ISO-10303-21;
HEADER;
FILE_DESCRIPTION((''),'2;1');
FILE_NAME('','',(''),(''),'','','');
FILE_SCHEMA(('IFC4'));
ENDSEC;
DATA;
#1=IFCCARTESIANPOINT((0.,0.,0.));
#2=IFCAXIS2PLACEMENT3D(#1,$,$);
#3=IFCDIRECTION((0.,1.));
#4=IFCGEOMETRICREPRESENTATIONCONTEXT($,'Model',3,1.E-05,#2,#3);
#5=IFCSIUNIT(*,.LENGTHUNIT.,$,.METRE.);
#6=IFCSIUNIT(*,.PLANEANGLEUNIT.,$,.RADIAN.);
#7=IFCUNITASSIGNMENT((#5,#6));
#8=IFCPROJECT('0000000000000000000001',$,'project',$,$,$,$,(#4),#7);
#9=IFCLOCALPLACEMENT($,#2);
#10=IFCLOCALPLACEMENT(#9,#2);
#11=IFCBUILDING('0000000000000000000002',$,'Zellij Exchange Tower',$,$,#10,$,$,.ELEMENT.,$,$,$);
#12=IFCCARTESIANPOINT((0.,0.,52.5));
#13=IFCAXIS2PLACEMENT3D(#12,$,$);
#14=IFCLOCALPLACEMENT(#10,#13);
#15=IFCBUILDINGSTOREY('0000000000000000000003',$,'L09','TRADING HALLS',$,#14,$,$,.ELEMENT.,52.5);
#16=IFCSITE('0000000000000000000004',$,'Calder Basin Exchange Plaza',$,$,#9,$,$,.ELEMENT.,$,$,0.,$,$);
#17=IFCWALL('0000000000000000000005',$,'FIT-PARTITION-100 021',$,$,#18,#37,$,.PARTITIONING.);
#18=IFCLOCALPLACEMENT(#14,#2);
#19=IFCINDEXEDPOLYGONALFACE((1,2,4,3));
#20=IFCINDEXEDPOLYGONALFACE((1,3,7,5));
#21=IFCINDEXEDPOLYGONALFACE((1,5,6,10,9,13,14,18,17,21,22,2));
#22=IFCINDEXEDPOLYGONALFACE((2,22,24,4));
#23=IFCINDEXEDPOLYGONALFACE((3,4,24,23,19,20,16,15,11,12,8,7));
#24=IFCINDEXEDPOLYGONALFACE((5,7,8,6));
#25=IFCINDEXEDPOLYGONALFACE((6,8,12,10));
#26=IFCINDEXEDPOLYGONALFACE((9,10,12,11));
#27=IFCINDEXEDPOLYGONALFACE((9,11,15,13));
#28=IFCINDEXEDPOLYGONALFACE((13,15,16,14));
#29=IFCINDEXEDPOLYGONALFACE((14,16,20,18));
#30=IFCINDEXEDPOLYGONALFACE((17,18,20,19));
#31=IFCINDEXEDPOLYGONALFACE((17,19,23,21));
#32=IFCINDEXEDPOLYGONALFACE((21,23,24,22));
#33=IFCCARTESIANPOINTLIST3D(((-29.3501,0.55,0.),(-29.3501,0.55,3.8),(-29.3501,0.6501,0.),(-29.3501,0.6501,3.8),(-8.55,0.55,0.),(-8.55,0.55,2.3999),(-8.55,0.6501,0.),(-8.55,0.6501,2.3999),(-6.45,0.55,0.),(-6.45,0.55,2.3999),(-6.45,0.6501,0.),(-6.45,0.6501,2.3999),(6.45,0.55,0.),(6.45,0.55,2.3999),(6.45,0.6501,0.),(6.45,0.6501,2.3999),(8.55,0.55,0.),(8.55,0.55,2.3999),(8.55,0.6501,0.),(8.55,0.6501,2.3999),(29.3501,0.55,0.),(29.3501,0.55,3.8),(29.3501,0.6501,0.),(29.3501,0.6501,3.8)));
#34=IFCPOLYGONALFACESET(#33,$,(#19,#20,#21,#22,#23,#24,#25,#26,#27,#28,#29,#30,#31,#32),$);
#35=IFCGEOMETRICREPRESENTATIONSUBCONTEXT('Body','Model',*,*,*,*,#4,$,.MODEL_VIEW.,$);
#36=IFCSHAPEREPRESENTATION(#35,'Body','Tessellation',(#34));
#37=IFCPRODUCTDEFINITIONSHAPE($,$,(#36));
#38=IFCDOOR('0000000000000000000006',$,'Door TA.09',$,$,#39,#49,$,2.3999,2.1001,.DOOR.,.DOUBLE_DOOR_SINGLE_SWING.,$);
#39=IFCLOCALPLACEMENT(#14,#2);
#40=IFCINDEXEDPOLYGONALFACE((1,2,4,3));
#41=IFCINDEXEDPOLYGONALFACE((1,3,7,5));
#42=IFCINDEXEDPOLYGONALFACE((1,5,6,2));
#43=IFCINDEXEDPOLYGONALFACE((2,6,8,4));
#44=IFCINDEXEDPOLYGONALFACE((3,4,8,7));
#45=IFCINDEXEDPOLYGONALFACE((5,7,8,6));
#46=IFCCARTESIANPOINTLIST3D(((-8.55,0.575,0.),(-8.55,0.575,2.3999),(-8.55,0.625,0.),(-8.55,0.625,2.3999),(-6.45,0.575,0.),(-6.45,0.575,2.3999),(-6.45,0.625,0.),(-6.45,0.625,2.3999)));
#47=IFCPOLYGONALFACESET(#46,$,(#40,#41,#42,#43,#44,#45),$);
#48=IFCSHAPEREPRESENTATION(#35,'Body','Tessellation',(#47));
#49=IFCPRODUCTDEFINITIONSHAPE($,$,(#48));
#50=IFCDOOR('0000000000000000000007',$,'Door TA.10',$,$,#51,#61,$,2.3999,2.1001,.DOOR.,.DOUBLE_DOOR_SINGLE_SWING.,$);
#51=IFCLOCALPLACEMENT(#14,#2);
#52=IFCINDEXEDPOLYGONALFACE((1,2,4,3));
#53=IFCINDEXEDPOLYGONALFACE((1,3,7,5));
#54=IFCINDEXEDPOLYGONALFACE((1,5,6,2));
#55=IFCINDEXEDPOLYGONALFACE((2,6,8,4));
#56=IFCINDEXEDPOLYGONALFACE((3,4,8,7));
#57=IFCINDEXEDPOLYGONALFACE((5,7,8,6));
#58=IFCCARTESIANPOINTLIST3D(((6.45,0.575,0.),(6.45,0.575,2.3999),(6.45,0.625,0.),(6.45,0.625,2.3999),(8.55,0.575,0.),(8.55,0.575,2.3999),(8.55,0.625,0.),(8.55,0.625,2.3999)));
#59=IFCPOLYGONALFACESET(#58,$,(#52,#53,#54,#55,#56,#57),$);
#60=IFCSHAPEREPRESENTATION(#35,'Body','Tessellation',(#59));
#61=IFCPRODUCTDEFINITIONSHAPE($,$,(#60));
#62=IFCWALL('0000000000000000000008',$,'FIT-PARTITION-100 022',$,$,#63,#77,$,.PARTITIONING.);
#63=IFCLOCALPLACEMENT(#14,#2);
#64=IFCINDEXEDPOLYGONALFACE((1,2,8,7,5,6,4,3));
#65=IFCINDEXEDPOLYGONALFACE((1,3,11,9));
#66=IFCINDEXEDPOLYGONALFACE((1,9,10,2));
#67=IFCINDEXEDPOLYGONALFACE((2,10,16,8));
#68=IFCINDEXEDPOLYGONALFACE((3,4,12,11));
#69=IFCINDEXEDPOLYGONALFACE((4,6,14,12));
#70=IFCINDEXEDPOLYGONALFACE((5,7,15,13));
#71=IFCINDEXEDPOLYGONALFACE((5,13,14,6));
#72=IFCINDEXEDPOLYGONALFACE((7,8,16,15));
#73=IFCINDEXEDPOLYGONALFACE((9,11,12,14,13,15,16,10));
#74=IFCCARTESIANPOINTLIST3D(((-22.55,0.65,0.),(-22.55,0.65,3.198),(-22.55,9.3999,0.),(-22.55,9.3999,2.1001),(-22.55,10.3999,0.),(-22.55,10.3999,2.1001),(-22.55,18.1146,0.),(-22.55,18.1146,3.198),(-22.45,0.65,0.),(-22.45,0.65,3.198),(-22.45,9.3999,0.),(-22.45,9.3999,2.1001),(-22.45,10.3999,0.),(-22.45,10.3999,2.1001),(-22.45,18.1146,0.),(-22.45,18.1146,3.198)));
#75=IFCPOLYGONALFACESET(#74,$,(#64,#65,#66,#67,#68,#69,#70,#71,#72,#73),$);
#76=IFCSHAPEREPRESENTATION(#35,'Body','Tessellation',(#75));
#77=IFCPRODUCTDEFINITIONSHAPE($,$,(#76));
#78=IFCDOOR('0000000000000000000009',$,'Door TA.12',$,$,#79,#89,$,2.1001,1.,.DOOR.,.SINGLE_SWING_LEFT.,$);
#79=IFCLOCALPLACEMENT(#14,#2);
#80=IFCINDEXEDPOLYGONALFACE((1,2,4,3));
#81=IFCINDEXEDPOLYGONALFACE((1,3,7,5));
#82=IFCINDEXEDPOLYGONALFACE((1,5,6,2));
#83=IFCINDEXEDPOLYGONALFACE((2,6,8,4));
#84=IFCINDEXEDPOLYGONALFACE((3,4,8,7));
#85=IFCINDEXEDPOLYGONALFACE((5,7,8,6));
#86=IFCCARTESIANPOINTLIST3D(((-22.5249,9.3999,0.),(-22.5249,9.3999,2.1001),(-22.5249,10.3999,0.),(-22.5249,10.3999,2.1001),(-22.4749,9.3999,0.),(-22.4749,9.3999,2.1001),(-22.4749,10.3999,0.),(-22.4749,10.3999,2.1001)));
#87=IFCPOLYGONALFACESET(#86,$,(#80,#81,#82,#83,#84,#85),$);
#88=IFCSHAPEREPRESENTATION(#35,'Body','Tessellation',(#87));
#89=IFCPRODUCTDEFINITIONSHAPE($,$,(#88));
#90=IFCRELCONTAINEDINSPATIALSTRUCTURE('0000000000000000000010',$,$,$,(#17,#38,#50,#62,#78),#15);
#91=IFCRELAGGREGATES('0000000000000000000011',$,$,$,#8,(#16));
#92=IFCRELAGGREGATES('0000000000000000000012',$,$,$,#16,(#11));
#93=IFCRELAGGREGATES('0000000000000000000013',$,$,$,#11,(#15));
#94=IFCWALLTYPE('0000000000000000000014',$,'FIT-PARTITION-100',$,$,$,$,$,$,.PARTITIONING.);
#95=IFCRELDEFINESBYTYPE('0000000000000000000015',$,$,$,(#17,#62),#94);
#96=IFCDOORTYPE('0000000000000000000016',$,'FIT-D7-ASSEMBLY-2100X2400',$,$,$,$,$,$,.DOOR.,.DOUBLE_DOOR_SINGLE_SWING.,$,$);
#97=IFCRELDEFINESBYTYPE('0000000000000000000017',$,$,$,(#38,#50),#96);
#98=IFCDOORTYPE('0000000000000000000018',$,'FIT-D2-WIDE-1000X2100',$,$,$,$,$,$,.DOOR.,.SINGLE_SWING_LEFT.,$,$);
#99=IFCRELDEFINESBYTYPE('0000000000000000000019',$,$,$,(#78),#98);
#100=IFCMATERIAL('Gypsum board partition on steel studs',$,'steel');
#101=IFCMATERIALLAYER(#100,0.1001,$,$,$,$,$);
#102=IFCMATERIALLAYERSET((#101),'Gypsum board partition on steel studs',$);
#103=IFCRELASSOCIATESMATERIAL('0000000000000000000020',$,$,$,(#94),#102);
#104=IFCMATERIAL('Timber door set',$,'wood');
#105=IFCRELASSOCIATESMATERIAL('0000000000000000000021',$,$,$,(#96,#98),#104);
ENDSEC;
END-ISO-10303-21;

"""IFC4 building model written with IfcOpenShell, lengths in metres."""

from ifc_helpers import new_model, si_unit, direction, frame, frame_2d, origin, place, context, subcontext, project, spatial, rectangle, extrude, material, layer, layer_set, type_object, element, fill, save


model = new_model("IFC4")

# Units and contexts
model_context = context("Model", 3, precision=1e-05, world=origin(), true_north=direction((0.0, 1.0)))
body_context = subcontext(model_context, "Body", "Model", "MODEL_VIEW")
ifc_project = project(units=[si_unit("LENGTHUNIT", "METRE"), si_unit("PLANEANGLEUNIT", "RADIAN")], contexts=[model_context])

# Site, building, storey
site_placement = place(None, origin())
site = spatial("IfcSite", under=ifc_project, at=site_placement, Name="Calder Basin Exchange Plaza", CompositionType="ELEMENT", RefElevation=0.0)
building_placement = place(site_placement, origin())
building = spatial("IfcBuilding", under=site, at=building_placement, Name="Zellij Exchange Tower", CompositionType="ELEMENT")
storey_placement = place(building_placement, frame((0.0, 0.0, 52.5)))
storey = spatial("IfcBuildingStorey", under=building, at=storey_placement, Name="L09", Description="TRADING HALLS", CompositionType="ELEMENT", Elevation=52.5)

# Shared definitions
ifc_material_1 = material(Name="Gypsum board partition on steel studs", Category="steel")
ifc_layer_1 = layer(ifc_material_1, 0.1001)
ifc_layer_set_1 = layer_set([ifc_layer_1], Name="Gypsum board partition on steel studs")
wall_type_1 = type_object("IfcWallType", Name="FIT-PARTITION-100", PredefinedType="PARTITIONING", material=ifc_layer_set_1)

# Wall, openings, doors
wall_1_placement = place(storey_placement, frame((-29.3501, 0.6001, 0.0), z_axis=(0.0, 0.0, 1.0), x_axis=(1.0, 0.0, 0.0)))
wall_1 = element("IfcWall", 1, at=wall_1_placement, inside=storey, type_object=wall_type_1, Name="FIT-PARTITION-100 021", PredefinedType="PARTITIONING", context=body_context, shape_type="SweptSolid", body=[
    extrude(rectangle(XDim=58.7002, YDim=0.1001, at=frame_2d((29.3501, 0.0))), origin(), (0.0, 0.0, 1.0), 3.8),
])
opening_1_placement = place(wall_1_placement, frame((20.8, 0.0, 0.0)))
opening_1 = element("IfcOpeningElement", 2, at=opening_1_placement, cuts=wall_1, PredefinedType="OPENING", context=body_context, shape_type="SweptSolid", body=[
    extrude(rectangle(XDim=2.1001, YDim=2.3999, at=frame_2d((1.05, 1.2))), frame((0.0, 0.062, 0.0), z_axis=(0.0, -1.0, 0.0), x_axis=(1.0, 0.0, 0.0)), (0.0, 0.0, 1.0), 0.124),
])
opening_2_placement = place(wall_1_placement, frame((35.8, 0.0, 0.0)))
opening_2 = element("IfcOpeningElement", 3, at=opening_2_placement, cuts=wall_1, PredefinedType="OPENING", context=body_context, shape_type="SweptSolid", body=[
    extrude(rectangle(XDim=2.1001, YDim=2.3999, at=frame_2d((1.05, 1.2))), frame((0.0, 0.062, 0.0), z_axis=(0.0, -1.0, 0.0), x_axis=(1.0, 0.0, 0.0)), (0.0, 0.0, 1.0), 0.124),
])
ifc_material_2 = material(Name="Timber door set", Category="wood")
door_type_1 = type_object("IfcDoorType", Name="FIT-D7-ASSEMBLY-2100X2400", OperationType="DOUBLE_DOOR_SINGLE_SWING", PredefinedType="DOOR", material=ifc_material_2)
door_1_placement = place(opening_1_placement, origin())
door_1 = element("IfcDoor", 4, at=door_1_placement, inside=storey, type_object=door_type_1, Name="Door TA.09", OperationType="DOUBLE_DOOR_SINGLE_SWING", OverallHeight=2.3999, OverallWidth=2.1001, PredefinedType="DOOR", context=body_context, shape_type="SweptSolid", body=[
    extrude(rectangle(XDim=2.1001, YDim=2.3999, at=frame_2d((1.05, 1.2))), frame((0.0, 0.0249, 0.0), z_axis=(0.0, -1.0, 0.0), x_axis=(1.0, 0.0, 0.0)), (0.0, 0.0, 1.0), 0.05),
])
fill(opening_1, door_1)
door_2_placement = place(opening_2_placement, origin())
door_2 = element("IfcDoor", 5, at=door_2_placement, inside=storey, type_object=door_type_1, Name="Door TA.10", OperationType="DOUBLE_DOOR_SINGLE_SWING", OverallHeight=2.3999, OverallWidth=2.1001, PredefinedType="DOOR", context=body_context, shape_type="SweptSolid", body=[
    extrude(rectangle(XDim=2.1001, YDim=2.3999, at=frame_2d((1.05, 1.2))), frame((0.0, 0.0249, 0.0), z_axis=(0.0, -1.0, 0.0), x_axis=(1.0, 0.0, 0.0)), (0.0, 0.0, 1.0), 0.05),
])
fill(opening_2, door_2)

# Wall, opening, door
wall_2_placement = place(storey_placement, frame((-22.5, 0.6499, 0.0), z_axis=(0.0, 0.0, 1.0), x_axis=(0.0, 1.0, 0.0)))
wall_2 = element("IfcWall", 6, at=wall_2_placement, inside=storey, type_object=wall_type_1, Name="FIT-PARTITION-100 022", PredefinedType="PARTITIONING", context=body_context, shape_type="SweptSolid", body=[
    extrude(rectangle(XDim=17.4646, YDim=0.1001, at=frame_2d((8.7324, 0.0))), origin(), (0.0, 0.0, 1.0), 3.198),
])
opening_3_placement = place(wall_2_placement, frame((8.75, 0.0, 0.0)))
opening_3 = element("IfcOpeningElement", 7, at=opening_3_placement, cuts=wall_2, PredefinedType="OPENING", context=body_context, shape_type="SweptSolid", body=[
    extrude(rectangle(XDim=1.0, YDim=2.1001, at=frame_2d((0.5, 1.05))), frame((0.0, 0.062, 0.0), z_axis=(0.0, -1.0, 0.0), x_axis=(1.0, 0.0, 0.0)), (0.0, 0.0, 1.0), 0.124),
])
door_type_2 = type_object("IfcDoorType", Name="FIT-D2-WIDE-1000X2100", OperationType="SINGLE_SWING_LEFT", PredefinedType="DOOR", material=ifc_material_2)
door_3_placement = place(opening_3_placement, origin())
door_3 = element("IfcDoor", 8, at=door_3_placement, inside=storey, type_object=door_type_2, Name="Door TA.12", OperationType="SINGLE_SWING_LEFT", OverallHeight=2.1001, OverallWidth=1.0, PredefinedType="DOOR", context=body_context, shape_type="SweptSolid", body=[
    extrude(rectangle(XDim=1.0, YDim=2.1001, at=frame_2d((0.5, 1.05))), frame((0.0, 0.0249, 0.0), z_axis=(0.0, -1.0, 0.0), x_axis=(1.0, 0.0, 0.0)), (0.0, 0.0, 1.0), 0.05),
])
fill(opening_3, door_3)

save(model, "model.ifc")
